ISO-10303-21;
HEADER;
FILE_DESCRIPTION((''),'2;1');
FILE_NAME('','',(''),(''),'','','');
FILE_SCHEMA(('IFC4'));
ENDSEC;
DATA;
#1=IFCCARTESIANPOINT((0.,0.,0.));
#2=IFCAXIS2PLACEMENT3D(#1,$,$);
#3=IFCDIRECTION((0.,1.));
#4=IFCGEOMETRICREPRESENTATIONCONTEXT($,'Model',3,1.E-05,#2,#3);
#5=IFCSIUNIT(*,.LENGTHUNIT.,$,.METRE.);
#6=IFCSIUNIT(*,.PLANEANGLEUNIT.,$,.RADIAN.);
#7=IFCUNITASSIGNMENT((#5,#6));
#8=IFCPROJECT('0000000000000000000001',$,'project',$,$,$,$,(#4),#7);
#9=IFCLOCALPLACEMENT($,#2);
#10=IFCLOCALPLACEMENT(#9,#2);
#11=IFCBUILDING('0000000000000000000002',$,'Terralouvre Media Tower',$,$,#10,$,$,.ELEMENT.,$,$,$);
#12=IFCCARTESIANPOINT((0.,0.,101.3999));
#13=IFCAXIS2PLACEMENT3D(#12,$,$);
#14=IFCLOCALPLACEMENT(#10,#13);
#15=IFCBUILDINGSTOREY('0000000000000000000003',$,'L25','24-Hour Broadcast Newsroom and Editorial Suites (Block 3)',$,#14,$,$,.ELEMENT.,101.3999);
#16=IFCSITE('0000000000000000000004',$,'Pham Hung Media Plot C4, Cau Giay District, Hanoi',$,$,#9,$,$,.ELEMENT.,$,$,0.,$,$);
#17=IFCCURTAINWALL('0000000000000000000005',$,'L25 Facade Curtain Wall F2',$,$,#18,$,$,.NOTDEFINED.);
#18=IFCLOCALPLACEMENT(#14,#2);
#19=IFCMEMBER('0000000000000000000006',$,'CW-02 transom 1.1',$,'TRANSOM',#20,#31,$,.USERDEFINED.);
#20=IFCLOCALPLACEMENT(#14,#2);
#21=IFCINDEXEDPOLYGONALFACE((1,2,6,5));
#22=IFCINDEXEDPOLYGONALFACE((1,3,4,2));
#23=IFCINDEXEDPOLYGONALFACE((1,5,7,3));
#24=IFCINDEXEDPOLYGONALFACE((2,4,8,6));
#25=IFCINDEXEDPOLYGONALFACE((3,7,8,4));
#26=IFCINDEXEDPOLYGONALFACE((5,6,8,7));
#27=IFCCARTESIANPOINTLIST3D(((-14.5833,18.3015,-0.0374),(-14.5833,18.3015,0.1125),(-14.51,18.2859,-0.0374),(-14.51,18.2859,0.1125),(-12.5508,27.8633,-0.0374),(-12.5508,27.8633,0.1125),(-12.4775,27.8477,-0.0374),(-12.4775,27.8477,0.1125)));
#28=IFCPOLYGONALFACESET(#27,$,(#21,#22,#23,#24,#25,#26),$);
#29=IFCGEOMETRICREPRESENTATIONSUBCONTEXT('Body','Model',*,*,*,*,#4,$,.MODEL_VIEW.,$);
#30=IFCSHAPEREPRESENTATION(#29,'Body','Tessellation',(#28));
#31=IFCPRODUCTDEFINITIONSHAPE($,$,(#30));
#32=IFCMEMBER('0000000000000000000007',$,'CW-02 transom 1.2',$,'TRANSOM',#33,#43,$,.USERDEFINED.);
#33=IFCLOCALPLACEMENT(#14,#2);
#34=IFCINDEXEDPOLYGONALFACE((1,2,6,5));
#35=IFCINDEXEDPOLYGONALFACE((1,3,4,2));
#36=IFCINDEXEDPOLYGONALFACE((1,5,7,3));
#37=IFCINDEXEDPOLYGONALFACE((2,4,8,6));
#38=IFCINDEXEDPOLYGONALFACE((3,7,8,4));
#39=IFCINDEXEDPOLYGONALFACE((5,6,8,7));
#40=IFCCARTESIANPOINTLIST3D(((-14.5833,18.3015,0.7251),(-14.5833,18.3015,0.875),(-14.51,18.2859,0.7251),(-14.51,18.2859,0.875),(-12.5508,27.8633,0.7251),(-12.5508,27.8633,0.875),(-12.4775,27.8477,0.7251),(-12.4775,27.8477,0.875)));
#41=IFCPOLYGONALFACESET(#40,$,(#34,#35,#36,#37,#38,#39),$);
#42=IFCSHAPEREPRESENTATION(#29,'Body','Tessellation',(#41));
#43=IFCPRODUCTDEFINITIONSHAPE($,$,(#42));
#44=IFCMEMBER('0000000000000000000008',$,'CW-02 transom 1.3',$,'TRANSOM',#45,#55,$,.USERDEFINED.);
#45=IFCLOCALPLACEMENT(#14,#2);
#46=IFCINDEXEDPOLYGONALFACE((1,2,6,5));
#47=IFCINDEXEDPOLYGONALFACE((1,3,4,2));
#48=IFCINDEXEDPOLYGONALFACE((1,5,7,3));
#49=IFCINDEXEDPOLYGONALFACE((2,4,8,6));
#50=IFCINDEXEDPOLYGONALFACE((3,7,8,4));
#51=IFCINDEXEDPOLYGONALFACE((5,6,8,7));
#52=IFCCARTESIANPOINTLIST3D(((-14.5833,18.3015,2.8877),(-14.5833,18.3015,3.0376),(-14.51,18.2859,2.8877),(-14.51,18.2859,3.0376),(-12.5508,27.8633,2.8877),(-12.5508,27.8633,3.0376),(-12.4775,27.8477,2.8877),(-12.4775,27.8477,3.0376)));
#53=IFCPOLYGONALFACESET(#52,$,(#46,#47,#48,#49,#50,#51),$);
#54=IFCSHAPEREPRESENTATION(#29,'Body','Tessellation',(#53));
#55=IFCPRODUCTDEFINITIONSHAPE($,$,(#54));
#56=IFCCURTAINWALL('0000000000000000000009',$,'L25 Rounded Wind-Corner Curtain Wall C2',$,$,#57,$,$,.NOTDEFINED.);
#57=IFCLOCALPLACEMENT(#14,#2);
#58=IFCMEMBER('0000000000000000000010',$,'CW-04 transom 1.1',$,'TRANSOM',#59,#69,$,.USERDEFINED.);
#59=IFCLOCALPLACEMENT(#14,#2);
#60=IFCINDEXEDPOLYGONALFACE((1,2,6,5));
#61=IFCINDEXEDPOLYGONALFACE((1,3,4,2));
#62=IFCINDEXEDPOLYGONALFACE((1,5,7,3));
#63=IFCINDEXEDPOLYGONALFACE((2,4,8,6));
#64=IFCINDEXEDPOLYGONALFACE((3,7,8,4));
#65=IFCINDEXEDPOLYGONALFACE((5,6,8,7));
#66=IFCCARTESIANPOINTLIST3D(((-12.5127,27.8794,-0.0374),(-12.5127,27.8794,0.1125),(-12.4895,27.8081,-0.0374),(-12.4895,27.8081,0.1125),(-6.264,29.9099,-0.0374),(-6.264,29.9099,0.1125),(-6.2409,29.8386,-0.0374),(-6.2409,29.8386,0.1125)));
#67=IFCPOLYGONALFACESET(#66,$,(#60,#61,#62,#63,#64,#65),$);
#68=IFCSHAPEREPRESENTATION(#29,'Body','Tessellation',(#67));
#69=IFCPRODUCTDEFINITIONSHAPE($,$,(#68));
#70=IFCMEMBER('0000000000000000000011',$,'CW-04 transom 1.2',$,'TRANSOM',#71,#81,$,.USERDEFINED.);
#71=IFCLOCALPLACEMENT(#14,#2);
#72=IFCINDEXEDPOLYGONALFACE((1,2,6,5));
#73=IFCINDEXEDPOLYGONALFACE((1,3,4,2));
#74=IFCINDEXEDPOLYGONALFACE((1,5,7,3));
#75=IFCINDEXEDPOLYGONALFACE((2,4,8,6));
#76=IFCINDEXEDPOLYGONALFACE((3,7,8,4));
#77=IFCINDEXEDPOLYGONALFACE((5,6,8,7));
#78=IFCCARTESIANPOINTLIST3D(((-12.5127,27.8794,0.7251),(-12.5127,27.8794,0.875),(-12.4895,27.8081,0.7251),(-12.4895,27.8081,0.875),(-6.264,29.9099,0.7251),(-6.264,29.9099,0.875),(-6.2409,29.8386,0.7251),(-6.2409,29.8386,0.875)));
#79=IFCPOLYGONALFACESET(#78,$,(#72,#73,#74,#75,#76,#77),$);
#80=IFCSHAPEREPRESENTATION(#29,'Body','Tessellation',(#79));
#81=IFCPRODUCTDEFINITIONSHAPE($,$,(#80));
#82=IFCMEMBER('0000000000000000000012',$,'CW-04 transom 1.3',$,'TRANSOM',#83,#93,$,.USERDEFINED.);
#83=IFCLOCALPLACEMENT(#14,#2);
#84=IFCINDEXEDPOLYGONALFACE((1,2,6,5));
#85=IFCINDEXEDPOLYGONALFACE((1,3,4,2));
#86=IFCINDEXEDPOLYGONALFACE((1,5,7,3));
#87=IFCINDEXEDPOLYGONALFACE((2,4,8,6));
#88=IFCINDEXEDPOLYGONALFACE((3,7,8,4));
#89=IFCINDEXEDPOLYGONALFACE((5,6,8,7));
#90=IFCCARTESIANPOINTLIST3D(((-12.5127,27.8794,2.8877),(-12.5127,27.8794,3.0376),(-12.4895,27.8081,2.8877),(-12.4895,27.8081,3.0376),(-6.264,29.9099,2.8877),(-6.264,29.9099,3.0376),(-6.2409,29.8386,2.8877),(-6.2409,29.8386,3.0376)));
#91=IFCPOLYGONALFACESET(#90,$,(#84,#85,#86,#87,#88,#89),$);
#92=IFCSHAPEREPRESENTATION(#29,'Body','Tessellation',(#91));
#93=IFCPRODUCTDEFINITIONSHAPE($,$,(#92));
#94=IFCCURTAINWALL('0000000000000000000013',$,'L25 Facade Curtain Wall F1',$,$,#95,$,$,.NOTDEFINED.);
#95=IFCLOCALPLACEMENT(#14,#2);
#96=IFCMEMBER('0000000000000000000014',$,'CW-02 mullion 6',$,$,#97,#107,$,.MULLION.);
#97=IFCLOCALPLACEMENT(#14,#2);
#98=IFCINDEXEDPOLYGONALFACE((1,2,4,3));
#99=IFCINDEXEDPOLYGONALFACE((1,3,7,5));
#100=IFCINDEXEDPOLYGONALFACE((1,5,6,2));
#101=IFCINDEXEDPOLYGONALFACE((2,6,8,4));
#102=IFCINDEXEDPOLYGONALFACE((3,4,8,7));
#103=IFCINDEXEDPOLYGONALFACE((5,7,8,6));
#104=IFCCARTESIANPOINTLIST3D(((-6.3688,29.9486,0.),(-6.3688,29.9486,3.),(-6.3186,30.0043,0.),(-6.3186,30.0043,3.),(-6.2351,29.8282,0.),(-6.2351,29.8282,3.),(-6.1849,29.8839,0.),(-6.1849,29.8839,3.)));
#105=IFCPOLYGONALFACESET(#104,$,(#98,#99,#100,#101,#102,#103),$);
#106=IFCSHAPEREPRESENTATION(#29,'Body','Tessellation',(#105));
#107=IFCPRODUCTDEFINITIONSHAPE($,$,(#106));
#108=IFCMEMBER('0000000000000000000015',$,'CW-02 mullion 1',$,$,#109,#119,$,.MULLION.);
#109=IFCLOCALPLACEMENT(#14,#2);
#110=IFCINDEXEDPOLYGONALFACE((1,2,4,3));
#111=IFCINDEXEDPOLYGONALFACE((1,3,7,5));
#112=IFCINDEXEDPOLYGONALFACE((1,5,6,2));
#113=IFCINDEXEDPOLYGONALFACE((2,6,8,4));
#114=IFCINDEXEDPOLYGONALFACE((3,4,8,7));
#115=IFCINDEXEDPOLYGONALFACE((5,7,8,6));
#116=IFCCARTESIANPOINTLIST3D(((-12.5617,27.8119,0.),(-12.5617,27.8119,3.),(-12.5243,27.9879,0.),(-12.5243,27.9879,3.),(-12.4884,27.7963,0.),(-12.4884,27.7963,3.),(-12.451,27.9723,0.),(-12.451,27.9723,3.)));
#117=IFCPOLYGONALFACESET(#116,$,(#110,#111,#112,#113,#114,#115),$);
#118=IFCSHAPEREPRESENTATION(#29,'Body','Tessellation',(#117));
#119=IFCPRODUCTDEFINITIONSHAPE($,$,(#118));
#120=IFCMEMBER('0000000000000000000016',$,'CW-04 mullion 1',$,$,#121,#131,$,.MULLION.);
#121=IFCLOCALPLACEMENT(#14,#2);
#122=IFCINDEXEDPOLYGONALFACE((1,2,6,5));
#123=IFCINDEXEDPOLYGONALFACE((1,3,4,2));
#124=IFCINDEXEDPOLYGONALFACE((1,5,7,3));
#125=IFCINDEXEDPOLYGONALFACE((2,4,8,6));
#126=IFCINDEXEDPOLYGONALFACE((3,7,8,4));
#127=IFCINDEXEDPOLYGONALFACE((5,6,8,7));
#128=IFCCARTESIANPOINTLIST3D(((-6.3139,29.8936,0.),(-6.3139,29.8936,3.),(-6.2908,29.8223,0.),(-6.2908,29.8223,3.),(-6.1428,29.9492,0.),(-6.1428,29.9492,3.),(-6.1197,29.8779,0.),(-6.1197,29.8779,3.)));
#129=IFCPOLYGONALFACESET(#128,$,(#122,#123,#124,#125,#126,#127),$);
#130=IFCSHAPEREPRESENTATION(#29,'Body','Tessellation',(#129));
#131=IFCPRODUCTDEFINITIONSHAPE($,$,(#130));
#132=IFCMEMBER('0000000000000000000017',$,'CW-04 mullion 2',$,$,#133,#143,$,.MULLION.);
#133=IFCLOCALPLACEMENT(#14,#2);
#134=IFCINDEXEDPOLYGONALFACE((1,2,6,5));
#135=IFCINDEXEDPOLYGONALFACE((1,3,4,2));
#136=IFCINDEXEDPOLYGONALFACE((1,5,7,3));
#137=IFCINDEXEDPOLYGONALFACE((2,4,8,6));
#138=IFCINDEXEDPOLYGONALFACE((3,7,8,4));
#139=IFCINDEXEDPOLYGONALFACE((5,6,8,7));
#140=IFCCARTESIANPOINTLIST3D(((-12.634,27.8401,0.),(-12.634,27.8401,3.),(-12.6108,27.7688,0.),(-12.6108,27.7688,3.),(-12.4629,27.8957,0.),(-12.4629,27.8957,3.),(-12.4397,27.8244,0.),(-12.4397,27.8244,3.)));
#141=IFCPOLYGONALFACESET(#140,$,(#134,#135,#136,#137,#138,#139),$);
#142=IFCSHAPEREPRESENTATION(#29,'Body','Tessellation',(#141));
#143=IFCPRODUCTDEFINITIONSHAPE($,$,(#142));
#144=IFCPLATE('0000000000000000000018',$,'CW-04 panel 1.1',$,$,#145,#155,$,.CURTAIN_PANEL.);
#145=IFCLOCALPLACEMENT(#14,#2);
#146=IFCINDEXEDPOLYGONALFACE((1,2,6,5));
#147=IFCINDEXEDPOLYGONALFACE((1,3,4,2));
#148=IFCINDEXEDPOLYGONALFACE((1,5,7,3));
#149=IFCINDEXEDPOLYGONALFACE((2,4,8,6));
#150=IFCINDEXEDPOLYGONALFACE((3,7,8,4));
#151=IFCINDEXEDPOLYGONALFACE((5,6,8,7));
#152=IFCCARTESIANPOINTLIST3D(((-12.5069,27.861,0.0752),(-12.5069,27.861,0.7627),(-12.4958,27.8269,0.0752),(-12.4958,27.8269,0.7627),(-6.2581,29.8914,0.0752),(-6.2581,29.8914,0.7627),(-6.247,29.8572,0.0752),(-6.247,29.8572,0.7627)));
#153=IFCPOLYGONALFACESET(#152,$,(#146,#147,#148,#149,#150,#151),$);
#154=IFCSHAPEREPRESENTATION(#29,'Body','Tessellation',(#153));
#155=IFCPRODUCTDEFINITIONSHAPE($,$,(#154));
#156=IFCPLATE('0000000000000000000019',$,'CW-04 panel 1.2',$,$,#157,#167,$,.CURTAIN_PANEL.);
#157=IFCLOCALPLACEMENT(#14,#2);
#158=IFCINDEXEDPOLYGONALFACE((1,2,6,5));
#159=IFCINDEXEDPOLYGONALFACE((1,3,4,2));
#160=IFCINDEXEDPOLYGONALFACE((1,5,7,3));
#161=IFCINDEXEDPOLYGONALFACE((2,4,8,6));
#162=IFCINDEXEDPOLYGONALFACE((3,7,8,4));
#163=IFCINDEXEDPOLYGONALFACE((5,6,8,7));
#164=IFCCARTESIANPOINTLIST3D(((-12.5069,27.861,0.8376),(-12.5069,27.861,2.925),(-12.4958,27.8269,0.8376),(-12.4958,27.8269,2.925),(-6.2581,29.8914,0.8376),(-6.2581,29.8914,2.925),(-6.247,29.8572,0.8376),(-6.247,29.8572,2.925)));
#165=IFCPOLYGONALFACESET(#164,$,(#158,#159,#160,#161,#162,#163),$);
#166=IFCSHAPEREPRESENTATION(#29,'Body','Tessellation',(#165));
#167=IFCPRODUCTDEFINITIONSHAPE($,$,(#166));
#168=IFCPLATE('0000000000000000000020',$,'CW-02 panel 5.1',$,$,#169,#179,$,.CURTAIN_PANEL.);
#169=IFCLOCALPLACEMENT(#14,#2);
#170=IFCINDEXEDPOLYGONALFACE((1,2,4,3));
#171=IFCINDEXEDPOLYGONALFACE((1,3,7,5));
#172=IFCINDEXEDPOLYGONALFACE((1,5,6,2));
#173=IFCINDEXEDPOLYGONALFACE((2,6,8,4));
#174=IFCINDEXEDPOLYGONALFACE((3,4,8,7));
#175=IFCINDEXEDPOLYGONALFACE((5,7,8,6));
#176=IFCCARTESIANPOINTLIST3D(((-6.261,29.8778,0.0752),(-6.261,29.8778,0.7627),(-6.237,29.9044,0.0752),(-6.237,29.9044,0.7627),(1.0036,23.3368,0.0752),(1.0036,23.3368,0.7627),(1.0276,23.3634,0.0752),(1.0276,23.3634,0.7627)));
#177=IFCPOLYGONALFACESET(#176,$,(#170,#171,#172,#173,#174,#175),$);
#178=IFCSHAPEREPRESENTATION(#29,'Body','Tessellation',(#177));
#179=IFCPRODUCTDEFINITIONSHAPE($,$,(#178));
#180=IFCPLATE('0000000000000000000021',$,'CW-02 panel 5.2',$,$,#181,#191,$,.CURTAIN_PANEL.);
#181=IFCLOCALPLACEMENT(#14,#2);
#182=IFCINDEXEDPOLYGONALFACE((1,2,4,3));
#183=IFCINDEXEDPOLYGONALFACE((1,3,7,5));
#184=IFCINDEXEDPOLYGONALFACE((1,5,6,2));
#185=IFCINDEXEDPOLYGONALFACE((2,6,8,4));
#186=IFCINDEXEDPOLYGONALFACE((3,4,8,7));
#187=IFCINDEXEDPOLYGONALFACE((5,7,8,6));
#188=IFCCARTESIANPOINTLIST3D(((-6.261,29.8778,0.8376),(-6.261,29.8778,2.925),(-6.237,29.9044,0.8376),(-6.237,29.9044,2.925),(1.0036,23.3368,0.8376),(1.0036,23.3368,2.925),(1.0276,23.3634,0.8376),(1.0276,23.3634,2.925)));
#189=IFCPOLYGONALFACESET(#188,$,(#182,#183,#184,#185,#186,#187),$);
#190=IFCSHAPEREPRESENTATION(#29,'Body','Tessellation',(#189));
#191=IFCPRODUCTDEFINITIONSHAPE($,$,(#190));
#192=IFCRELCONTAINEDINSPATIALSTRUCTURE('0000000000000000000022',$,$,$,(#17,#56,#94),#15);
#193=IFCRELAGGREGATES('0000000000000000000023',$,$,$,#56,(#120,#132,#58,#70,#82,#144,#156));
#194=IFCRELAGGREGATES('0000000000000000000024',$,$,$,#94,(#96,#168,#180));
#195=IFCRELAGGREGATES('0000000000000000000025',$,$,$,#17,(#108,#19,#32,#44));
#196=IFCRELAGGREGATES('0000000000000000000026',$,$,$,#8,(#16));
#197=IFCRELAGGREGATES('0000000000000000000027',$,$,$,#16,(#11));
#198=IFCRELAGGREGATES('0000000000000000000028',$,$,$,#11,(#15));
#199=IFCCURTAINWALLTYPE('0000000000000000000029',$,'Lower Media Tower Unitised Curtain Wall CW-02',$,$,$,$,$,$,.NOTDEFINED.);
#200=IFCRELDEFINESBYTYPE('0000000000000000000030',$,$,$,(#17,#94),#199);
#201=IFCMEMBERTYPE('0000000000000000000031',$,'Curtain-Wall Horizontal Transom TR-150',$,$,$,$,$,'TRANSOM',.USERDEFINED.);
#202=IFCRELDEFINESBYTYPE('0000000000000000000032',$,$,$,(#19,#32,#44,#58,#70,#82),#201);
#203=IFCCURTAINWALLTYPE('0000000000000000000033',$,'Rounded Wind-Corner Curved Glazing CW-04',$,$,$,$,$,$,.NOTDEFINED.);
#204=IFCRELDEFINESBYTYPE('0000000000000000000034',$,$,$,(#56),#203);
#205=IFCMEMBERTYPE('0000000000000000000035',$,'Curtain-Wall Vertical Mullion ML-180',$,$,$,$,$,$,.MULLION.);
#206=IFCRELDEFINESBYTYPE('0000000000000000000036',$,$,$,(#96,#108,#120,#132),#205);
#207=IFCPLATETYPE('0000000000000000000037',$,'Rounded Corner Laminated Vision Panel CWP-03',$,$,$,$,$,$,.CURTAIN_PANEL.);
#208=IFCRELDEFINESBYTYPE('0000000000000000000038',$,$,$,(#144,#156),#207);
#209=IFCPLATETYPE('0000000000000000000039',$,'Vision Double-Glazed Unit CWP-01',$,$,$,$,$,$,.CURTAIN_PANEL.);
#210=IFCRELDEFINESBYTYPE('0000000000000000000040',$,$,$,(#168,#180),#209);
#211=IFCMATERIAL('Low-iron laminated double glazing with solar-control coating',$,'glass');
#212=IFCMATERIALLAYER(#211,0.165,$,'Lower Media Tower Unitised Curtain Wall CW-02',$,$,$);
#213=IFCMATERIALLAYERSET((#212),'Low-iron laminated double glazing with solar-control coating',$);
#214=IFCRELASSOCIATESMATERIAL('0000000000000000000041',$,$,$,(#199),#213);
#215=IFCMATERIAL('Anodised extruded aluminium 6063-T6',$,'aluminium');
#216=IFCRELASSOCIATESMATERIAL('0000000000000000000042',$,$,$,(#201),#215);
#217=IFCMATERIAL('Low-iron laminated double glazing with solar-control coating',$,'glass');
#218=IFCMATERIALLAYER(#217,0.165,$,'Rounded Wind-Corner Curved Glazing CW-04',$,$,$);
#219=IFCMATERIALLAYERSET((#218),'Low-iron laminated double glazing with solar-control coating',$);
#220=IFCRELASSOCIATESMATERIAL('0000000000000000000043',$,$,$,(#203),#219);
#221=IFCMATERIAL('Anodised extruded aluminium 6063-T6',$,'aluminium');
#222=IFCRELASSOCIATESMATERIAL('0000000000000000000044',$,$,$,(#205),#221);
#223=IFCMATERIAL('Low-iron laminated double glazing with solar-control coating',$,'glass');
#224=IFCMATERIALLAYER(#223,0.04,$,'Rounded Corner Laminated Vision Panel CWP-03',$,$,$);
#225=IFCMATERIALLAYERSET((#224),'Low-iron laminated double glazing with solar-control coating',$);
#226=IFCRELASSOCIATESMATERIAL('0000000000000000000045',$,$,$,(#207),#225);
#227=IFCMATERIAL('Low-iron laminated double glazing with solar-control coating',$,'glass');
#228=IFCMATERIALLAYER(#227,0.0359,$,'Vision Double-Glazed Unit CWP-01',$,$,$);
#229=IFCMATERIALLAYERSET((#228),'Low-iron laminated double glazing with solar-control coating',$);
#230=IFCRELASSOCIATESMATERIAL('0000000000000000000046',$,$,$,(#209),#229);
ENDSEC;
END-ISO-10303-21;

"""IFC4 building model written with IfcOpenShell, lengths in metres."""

from ifc_helpers import new_model, si_unit, direction, frame, origin, origin_2d, place, context, subcontext, project, spatial, rectangle, extrude, material, layer, layer_set, material_profile, profile_set, type_object, element, aggregate, save


model = new_model("IFC4")

# Units and contexts
model_context = context("Model", 3, precision=1e-05, world=origin(), true_north=direction((0.0, 1.0)))
body_context = subcontext(model_context, "Body", "Model", "MODEL_VIEW")
ifc_project = project(units=[si_unit("LENGTHUNIT", "METRE"), si_unit("PLANEANGLEUNIT", "RADIAN")], contexts=[model_context])

# Site, building, storey
site_placement = place(None, origin())
site = spatial("IfcSite", under=ifc_project, at=site_placement, Name="Pham Hung Media Plot C4, Cau Giay District, Hanoi", CompositionType="ELEMENT", RefElevation=0.0)
building_placement = place(site_placement, origin())
building = spatial("IfcBuilding", under=site, at=building_placement, Name="Terralouvre Media Tower", CompositionType="ELEMENT")
storey_placement = place(building_placement, frame((0.0, 0.0, 101.3999)))
storey = spatial("IfcBuildingStorey", under=building, at=storey_placement, Name="L25", Description="24-Hour Broadcast Newsroom and Editorial Suites (Block 3)", CompositionType="ELEMENT", Elevation=101.3999)

# Curtain walls, members
ifc_material_1 = material(Name="Low-iron laminated double glazing with solar-control coating", Category="glass")
ifc_layer_1 = layer(ifc_material_1, 0.165, Name="Lower Media Tower Unitised Curtain Wall CW-02")
ifc_layer_set_1 = layer_set([ifc_layer_1], Name="Low-iron laminated double glazing with solar-control coating")
curtain_wall_type_1 = type_object("IfcCurtainWallType", Name="Lower Media Tower Unitised Curtain Wall CW-02", PredefinedType="NOTDEFINED", material=ifc_layer_set_1)
curtain_wall_1_placement = place(storey_placement, origin())
curtain_wall_1 = element("IfcCurtainWall", 1, at=curtain_wall_1_placement, inside=storey, type_object=curtain_wall_type_1, Name="L25 Facade Curtain Wall F2", PredefinedType="NOTDEFINED")
ifc_material_2 = material(Name="Anodised extruded aluminium 6063-T6", Category="aluminium")
ifc_material_profile_1 = material_profile(ifc_material_2, rectangle(XDim=0.075, YDim=0.1499, at=origin_2d()), Name="ALU 75x150")
ifc_profile_set_1 = profile_set([ifc_material_profile_1], Name="Anodised extruded aluminium 6063-T6")
member_type_1 = type_object("IfcMemberType", Name="Curtain-Wall Horizontal Transom TR-150", ElementType="TRANSOM", PredefinedType="USERDEFINED", material=ifc_profile_set_1)
member_1_placement = place(storey_placement, frame((-12.5142, 27.8555, 0.0376), z_axis=(-0.207917, -0.978146, 0.0), x_axis=(0.978146, -0.207917, 0.0)))
member_1 = element("IfcMember", 2, at=member_1_placement, type_object=member_type_1, Name="CW-02 transom 1.1", ObjectType="TRANSOM", PredefinedType="USERDEFINED", context=body_context, shape_type="SweptSolid", body=[
    extrude(rectangle(XDim=0.075, YDim=0.1499, at=origin_2d()), origin(), (0.0, 0.0, 1.0), 9.7754),
])
member_2_placement = place(storey_placement, frame((-12.5142, 27.8555, 0.8), z_axis=(-0.207917, -0.978146, 0.0), x_axis=(0.978146, -0.207917, 0.0)))
member_2 = element("IfcMember", 3, at=member_2_placement, type_object=member_type_1, Name="CW-02 transom 1.2", ObjectType="TRANSOM", PredefinedType="USERDEFINED", context=body_context, shape_type="SweptSolid", body=[
    extrude(rectangle(XDim=0.075, YDim=0.1499, at=origin_2d()), origin(), (0.0, 0.0, 1.0), 9.7754),
])
member_3_placement = place(storey_placement, frame((-12.5142, 27.8555, 2.9626), z_axis=(-0.207917, -0.978146, 0.0), x_axis=(0.978146, -0.207917, 0.0)))
member_3 = element("IfcMember", 4, at=member_3_placement, type_object=member_type_1, Name="CW-02 transom 1.3", ObjectType="TRANSOM", PredefinedType="USERDEFINED", context=body_context, shape_type="SweptSolid", body=[
    extrude(rectangle(XDim=0.075, YDim=0.1499, at=origin_2d()), origin(), (0.0, 0.0, 1.0), 9.7754),
])
ifc_material_3 = material(Name="Low-iron laminated double glazing with solar-control coating", Category="glass")
ifc_layer_2 = layer(ifc_material_3, 0.165, Name="Rounded Wind-Corner Curved Glazing CW-04")
ifc_layer_set_2 = layer_set([ifc_layer_2], Name="Low-iron laminated double glazing with solar-control coating")
curtain_wall_type_2 = type_object("IfcCurtainWallType", Name="Rounded Wind-Corner Curved Glazing CW-04", PredefinedType="NOTDEFINED", material=ifc_layer_set_2)
curtain_wall_2_placement = place(storey_placement, origin())
curtain_wall_2 = element("IfcCurtainWall", 5, at=curtain_wall_2_placement, inside=storey, type_object=curtain_wall_type_2, Name="L25 Rounded Wind-Corner Curtain Wall C2", PredefinedType="NOTDEFINED")
member_4_placement = place(storey_placement, frame((-6.2524, 29.8743, 0.0376), z_axis=(-0.951049, -0.30904, 0.0), x_axis=(0.30904, -0.951049, 0.0)))
member_4 = element("IfcMember", 6, at=member_4_placement, type_object=member_type_1, Name="CW-04 transom 1.1", ObjectType="TRANSOM", PredefinedType="USERDEFINED", context=body_context, shape_type="SweptSolid", body=[
    extrude(rectangle(XDim=0.075, YDim=0.1499, at=origin_2d()), origin(), (0.0, 0.0, 1.0), 6.5703),
])
member_5_placement = place(storey_placement, frame((-6.2524, 29.8743, 0.8), z_axis=(-0.951049, -0.30904, 0.0), x_axis=(0.30904, -0.951049, 0.0)))
member_5 = element("IfcMember", 7, at=member_5_placement, type_object=member_type_1, Name="CW-04 transom 1.2", ObjectType="TRANSOM", PredefinedType="USERDEFINED", context=body_context, shape_type="SweptSolid", body=[
    extrude(rectangle(XDim=0.075, YDim=0.1499, at=origin_2d()), origin(), (0.0, 0.0, 1.0), 6.5703),
])
member_6_placement = place(storey_placement, frame((-6.2524, 29.8743, 2.9626), z_axis=(-0.951049, -0.30904, 0.0), x_axis=(0.30904, -0.951049, 0.0)))
member_6 = element("IfcMember", 8, at=member_6_placement, type_object=member_type_1, Name="CW-04 transom 1.3", ObjectType="TRANSOM", PredefinedType="USERDEFINED", context=body_context, shape_type="SweptSolid", body=[
    extrude(rectangle(XDim=0.075, YDim=0.1499, at=origin_2d()), origin(), (0.0, 0.0, 1.0), 6.5703),
])

# Curtain wall, member
curtain_wall_3_placement = place(storey_placement, origin())
curtain_wall_3 = element("IfcCurtainWall", 9, at=curtain_wall_3_placement, inside=storey, type_object=curtain_wall_type_1, Name="L25 Facade Curtain Wall F1", PredefinedType="NOTDEFINED")
ifc_material_4 = material(Name="Anodised extruded aluminium 6063-T6", Category="aluminium")
ifc_material_profile_2 = material_profile(ifc_material_4, rectangle(XDim=0.075, YDim=0.1799, at=origin_2d()), Name="ALU 75x180")
ifc_profile_set_2 = profile_set([ifc_material_profile_2], Name="Anodised extruded aluminium 6063-T6")
member_type_2 = type_object("IfcMemberType", Name="Curtain-Wall Vertical Mullion ML-180", PredefinedType="MULLION", material=ifc_profile_set_2)
member_7_placement = place(storey_placement, frame((-6.2769, 29.9163, 0.0), z_axis=(0.0, 0.0, 1.0), x_axis=(-0.669131, -0.743145, 0.0)))
member_7 = element("IfcMember", 10, at=member_7_placement, type_object=member_type_2, Name="CW-02 mullion 6", PredefinedType="MULLION", context=body_context, shape_type="SweptSolid", body=[
    extrude(rectangle(XDim=0.075, YDim=0.1799, at=origin_2d()), origin(), (0.0, 0.0, 1.0), 3.0),
])

# Members
member_8_placement = place(storey_placement, frame((-12.5063, 27.8921, 0.0), z_axis=(0.0, 0.0, 1.0), x_axis=(0.978148, -0.207912, 0.0)))
member_8 = element("IfcMember", 11, at=member_8_placement, type_object=member_type_2, Name="CW-02 mullion 1", PredefinedType="MULLION", context=body_context, shape_type="SweptSolid", body=[
    extrude(rectangle(XDim=0.075, YDim=0.1799, at=origin_2d()), origin(), (0.0, 0.0, 1.0), 3.0),
])
member_9_placement = place(storey_placement, frame((-6.2168, 29.8857, 0.0), z_axis=(0.0, 0.0, 1.0), x_axis=(0.309018, -0.951056, 0.0)))
member_9 = element("IfcMember", 12, at=member_9_placement, type_object=member_type_2, Name="CW-04 mullion 1", PredefinedType="MULLION", context=body_context, shape_type="SweptSolid", body=[
    extrude(rectangle(XDim=0.075, YDim=0.1799, at=origin_2d()), origin(), (0.0, 0.0, 1.0), 3.0),
])
member_10_placement = place(storey_placement, frame((-12.5369, 27.8323, 0.0), z_axis=(0.0, 0.0, 1.0), x_axis=(0.309018, -0.951056, 0.0)))
member_10 = element("IfcMember", 13, at=member_10_placement, type_object=member_type_2, Name="CW-04 mullion 2", PredefinedType="MULLION", context=body_context, shape_type="SweptSolid", body=[
    extrude(rectangle(XDim=0.075, YDim=0.1799, at=origin_2d()), origin(), (0.0, 0.0, 1.0), 3.0),
])

# Plates
ifc_material_5 = material(Name="Low-iron laminated double glazing with solar-control coating", Category="glass")
ifc_layer_3 = layer(ifc_material_5, 0.04, Name="Rounded Corner Laminated Vision Panel CWP-03")
ifc_layer_set_3 = layer_set([ifc_layer_3], Name="Low-iron laminated double glazing with solar-control coating")
plate_type_1 = type_object("IfcPlateType", Name="Rounded Corner Laminated Vision Panel CWP-03", PredefinedType="CURTAIN_PANEL", material=ifc_layer_set_3)
plate_1_placement = place(storey_placement, frame((-9.377, 28.8591, 0.0752), z_axis=(0.0, 0.0, 1.0), x_axis=(-0.951056, -0.309018, 0.0)))
plate_1 = element("IfcPlate", 14, at=plate_1_placement, type_object=plate_type_1, Name="CW-04 panel 1.1", PredefinedType="CURTAIN_PANEL", context=body_context, shape_type="SweptSolid", body=[
    extrude(rectangle(XDim=6.5703, YDim=0.0359, at=origin_2d()), origin(), (0.0, 0.0, 1.0), 0.6875),
])
plate_2_placement = place(storey_placement, frame((-9.377, 28.8591, 0.8376), z_axis=(0.0, 0.0, 1.0), x_axis=(-0.951056, -0.309018, 0.0)))
plate_2 = element("IfcPlate", 15, at=plate_2_placement, type_object=plate_type_1, Name="CW-04 panel 1.2", PredefinedType="CURTAIN_PANEL", context=body_context, shape_type="SweptSolid", body=[
    extrude(rectangle(XDim=6.5703, YDim=0.0359, at=origin_2d()), origin(), (0.0, 0.0, 1.0), 2.0874),
])
aggregate(curtain_wall_2, [member_9, member_10, member_4, member_5, member_6, plate_1, plate_2])
ifc_material_6 = material(Name="Low-iron laminated double glazing with solar-control coating", Category="glass")
ifc_layer_4 = layer(ifc_material_6, 0.0359, Name="Vision Double-Glazed Unit CWP-01")
ifc_layer_set_4 = layer_set([ifc_layer_4], Name="Low-iron laminated double glazing with solar-control coating")
plate_type_2 = type_object("IfcPlateType", Name="Vision Double-Glazed Unit CWP-01", PredefinedType="CURTAIN_PANEL", material=ifc_layer_set_4)
plate_3_placement = place(storey_placement, frame((-2.6167, 26.6206, 0.0752), z_axis=(0.0, 0.0, 1.0), x_axis=(-0.743145, 0.669131, 0.0)))
plate_3 = element("IfcPlate", 16, at=plate_3_placement, type_object=plate_type_2, Name="CW-02 panel 5.1", PredefinedType="CURTAIN_PANEL", context=body_context, shape_type="SweptSolid", body=[
    extrude(rectangle(XDim=9.7754, YDim=0.0359, at=origin_2d()), origin(), (0.0, 0.0, 1.0), 0.6875),
])
plate_4_placement = place(storey_placement, frame((-2.6167, 26.6206, 0.8376), z_axis=(0.0, 0.0, 1.0), x_axis=(-0.743145, 0.669131, 0.0)))
plate_4 = element("IfcPlate", 17, at=plate_4_placement, type_object=plate_type_2, Name="CW-02 panel 5.2", PredefinedType="CURTAIN_PANEL", context=body_context, shape_type="SweptSolid", body=[
    extrude(rectangle(XDim=9.7754, YDim=0.0359, at=origin_2d()), origin(), (0.0, 0.0, 1.0), 2.0874),
])
aggregate(curtain_wall_3, [member_7, plate_3, plate_4])
aggregate(curtain_wall_1, [member_8, member_1, member_2, member_3])

save(model, "model.ifc")
